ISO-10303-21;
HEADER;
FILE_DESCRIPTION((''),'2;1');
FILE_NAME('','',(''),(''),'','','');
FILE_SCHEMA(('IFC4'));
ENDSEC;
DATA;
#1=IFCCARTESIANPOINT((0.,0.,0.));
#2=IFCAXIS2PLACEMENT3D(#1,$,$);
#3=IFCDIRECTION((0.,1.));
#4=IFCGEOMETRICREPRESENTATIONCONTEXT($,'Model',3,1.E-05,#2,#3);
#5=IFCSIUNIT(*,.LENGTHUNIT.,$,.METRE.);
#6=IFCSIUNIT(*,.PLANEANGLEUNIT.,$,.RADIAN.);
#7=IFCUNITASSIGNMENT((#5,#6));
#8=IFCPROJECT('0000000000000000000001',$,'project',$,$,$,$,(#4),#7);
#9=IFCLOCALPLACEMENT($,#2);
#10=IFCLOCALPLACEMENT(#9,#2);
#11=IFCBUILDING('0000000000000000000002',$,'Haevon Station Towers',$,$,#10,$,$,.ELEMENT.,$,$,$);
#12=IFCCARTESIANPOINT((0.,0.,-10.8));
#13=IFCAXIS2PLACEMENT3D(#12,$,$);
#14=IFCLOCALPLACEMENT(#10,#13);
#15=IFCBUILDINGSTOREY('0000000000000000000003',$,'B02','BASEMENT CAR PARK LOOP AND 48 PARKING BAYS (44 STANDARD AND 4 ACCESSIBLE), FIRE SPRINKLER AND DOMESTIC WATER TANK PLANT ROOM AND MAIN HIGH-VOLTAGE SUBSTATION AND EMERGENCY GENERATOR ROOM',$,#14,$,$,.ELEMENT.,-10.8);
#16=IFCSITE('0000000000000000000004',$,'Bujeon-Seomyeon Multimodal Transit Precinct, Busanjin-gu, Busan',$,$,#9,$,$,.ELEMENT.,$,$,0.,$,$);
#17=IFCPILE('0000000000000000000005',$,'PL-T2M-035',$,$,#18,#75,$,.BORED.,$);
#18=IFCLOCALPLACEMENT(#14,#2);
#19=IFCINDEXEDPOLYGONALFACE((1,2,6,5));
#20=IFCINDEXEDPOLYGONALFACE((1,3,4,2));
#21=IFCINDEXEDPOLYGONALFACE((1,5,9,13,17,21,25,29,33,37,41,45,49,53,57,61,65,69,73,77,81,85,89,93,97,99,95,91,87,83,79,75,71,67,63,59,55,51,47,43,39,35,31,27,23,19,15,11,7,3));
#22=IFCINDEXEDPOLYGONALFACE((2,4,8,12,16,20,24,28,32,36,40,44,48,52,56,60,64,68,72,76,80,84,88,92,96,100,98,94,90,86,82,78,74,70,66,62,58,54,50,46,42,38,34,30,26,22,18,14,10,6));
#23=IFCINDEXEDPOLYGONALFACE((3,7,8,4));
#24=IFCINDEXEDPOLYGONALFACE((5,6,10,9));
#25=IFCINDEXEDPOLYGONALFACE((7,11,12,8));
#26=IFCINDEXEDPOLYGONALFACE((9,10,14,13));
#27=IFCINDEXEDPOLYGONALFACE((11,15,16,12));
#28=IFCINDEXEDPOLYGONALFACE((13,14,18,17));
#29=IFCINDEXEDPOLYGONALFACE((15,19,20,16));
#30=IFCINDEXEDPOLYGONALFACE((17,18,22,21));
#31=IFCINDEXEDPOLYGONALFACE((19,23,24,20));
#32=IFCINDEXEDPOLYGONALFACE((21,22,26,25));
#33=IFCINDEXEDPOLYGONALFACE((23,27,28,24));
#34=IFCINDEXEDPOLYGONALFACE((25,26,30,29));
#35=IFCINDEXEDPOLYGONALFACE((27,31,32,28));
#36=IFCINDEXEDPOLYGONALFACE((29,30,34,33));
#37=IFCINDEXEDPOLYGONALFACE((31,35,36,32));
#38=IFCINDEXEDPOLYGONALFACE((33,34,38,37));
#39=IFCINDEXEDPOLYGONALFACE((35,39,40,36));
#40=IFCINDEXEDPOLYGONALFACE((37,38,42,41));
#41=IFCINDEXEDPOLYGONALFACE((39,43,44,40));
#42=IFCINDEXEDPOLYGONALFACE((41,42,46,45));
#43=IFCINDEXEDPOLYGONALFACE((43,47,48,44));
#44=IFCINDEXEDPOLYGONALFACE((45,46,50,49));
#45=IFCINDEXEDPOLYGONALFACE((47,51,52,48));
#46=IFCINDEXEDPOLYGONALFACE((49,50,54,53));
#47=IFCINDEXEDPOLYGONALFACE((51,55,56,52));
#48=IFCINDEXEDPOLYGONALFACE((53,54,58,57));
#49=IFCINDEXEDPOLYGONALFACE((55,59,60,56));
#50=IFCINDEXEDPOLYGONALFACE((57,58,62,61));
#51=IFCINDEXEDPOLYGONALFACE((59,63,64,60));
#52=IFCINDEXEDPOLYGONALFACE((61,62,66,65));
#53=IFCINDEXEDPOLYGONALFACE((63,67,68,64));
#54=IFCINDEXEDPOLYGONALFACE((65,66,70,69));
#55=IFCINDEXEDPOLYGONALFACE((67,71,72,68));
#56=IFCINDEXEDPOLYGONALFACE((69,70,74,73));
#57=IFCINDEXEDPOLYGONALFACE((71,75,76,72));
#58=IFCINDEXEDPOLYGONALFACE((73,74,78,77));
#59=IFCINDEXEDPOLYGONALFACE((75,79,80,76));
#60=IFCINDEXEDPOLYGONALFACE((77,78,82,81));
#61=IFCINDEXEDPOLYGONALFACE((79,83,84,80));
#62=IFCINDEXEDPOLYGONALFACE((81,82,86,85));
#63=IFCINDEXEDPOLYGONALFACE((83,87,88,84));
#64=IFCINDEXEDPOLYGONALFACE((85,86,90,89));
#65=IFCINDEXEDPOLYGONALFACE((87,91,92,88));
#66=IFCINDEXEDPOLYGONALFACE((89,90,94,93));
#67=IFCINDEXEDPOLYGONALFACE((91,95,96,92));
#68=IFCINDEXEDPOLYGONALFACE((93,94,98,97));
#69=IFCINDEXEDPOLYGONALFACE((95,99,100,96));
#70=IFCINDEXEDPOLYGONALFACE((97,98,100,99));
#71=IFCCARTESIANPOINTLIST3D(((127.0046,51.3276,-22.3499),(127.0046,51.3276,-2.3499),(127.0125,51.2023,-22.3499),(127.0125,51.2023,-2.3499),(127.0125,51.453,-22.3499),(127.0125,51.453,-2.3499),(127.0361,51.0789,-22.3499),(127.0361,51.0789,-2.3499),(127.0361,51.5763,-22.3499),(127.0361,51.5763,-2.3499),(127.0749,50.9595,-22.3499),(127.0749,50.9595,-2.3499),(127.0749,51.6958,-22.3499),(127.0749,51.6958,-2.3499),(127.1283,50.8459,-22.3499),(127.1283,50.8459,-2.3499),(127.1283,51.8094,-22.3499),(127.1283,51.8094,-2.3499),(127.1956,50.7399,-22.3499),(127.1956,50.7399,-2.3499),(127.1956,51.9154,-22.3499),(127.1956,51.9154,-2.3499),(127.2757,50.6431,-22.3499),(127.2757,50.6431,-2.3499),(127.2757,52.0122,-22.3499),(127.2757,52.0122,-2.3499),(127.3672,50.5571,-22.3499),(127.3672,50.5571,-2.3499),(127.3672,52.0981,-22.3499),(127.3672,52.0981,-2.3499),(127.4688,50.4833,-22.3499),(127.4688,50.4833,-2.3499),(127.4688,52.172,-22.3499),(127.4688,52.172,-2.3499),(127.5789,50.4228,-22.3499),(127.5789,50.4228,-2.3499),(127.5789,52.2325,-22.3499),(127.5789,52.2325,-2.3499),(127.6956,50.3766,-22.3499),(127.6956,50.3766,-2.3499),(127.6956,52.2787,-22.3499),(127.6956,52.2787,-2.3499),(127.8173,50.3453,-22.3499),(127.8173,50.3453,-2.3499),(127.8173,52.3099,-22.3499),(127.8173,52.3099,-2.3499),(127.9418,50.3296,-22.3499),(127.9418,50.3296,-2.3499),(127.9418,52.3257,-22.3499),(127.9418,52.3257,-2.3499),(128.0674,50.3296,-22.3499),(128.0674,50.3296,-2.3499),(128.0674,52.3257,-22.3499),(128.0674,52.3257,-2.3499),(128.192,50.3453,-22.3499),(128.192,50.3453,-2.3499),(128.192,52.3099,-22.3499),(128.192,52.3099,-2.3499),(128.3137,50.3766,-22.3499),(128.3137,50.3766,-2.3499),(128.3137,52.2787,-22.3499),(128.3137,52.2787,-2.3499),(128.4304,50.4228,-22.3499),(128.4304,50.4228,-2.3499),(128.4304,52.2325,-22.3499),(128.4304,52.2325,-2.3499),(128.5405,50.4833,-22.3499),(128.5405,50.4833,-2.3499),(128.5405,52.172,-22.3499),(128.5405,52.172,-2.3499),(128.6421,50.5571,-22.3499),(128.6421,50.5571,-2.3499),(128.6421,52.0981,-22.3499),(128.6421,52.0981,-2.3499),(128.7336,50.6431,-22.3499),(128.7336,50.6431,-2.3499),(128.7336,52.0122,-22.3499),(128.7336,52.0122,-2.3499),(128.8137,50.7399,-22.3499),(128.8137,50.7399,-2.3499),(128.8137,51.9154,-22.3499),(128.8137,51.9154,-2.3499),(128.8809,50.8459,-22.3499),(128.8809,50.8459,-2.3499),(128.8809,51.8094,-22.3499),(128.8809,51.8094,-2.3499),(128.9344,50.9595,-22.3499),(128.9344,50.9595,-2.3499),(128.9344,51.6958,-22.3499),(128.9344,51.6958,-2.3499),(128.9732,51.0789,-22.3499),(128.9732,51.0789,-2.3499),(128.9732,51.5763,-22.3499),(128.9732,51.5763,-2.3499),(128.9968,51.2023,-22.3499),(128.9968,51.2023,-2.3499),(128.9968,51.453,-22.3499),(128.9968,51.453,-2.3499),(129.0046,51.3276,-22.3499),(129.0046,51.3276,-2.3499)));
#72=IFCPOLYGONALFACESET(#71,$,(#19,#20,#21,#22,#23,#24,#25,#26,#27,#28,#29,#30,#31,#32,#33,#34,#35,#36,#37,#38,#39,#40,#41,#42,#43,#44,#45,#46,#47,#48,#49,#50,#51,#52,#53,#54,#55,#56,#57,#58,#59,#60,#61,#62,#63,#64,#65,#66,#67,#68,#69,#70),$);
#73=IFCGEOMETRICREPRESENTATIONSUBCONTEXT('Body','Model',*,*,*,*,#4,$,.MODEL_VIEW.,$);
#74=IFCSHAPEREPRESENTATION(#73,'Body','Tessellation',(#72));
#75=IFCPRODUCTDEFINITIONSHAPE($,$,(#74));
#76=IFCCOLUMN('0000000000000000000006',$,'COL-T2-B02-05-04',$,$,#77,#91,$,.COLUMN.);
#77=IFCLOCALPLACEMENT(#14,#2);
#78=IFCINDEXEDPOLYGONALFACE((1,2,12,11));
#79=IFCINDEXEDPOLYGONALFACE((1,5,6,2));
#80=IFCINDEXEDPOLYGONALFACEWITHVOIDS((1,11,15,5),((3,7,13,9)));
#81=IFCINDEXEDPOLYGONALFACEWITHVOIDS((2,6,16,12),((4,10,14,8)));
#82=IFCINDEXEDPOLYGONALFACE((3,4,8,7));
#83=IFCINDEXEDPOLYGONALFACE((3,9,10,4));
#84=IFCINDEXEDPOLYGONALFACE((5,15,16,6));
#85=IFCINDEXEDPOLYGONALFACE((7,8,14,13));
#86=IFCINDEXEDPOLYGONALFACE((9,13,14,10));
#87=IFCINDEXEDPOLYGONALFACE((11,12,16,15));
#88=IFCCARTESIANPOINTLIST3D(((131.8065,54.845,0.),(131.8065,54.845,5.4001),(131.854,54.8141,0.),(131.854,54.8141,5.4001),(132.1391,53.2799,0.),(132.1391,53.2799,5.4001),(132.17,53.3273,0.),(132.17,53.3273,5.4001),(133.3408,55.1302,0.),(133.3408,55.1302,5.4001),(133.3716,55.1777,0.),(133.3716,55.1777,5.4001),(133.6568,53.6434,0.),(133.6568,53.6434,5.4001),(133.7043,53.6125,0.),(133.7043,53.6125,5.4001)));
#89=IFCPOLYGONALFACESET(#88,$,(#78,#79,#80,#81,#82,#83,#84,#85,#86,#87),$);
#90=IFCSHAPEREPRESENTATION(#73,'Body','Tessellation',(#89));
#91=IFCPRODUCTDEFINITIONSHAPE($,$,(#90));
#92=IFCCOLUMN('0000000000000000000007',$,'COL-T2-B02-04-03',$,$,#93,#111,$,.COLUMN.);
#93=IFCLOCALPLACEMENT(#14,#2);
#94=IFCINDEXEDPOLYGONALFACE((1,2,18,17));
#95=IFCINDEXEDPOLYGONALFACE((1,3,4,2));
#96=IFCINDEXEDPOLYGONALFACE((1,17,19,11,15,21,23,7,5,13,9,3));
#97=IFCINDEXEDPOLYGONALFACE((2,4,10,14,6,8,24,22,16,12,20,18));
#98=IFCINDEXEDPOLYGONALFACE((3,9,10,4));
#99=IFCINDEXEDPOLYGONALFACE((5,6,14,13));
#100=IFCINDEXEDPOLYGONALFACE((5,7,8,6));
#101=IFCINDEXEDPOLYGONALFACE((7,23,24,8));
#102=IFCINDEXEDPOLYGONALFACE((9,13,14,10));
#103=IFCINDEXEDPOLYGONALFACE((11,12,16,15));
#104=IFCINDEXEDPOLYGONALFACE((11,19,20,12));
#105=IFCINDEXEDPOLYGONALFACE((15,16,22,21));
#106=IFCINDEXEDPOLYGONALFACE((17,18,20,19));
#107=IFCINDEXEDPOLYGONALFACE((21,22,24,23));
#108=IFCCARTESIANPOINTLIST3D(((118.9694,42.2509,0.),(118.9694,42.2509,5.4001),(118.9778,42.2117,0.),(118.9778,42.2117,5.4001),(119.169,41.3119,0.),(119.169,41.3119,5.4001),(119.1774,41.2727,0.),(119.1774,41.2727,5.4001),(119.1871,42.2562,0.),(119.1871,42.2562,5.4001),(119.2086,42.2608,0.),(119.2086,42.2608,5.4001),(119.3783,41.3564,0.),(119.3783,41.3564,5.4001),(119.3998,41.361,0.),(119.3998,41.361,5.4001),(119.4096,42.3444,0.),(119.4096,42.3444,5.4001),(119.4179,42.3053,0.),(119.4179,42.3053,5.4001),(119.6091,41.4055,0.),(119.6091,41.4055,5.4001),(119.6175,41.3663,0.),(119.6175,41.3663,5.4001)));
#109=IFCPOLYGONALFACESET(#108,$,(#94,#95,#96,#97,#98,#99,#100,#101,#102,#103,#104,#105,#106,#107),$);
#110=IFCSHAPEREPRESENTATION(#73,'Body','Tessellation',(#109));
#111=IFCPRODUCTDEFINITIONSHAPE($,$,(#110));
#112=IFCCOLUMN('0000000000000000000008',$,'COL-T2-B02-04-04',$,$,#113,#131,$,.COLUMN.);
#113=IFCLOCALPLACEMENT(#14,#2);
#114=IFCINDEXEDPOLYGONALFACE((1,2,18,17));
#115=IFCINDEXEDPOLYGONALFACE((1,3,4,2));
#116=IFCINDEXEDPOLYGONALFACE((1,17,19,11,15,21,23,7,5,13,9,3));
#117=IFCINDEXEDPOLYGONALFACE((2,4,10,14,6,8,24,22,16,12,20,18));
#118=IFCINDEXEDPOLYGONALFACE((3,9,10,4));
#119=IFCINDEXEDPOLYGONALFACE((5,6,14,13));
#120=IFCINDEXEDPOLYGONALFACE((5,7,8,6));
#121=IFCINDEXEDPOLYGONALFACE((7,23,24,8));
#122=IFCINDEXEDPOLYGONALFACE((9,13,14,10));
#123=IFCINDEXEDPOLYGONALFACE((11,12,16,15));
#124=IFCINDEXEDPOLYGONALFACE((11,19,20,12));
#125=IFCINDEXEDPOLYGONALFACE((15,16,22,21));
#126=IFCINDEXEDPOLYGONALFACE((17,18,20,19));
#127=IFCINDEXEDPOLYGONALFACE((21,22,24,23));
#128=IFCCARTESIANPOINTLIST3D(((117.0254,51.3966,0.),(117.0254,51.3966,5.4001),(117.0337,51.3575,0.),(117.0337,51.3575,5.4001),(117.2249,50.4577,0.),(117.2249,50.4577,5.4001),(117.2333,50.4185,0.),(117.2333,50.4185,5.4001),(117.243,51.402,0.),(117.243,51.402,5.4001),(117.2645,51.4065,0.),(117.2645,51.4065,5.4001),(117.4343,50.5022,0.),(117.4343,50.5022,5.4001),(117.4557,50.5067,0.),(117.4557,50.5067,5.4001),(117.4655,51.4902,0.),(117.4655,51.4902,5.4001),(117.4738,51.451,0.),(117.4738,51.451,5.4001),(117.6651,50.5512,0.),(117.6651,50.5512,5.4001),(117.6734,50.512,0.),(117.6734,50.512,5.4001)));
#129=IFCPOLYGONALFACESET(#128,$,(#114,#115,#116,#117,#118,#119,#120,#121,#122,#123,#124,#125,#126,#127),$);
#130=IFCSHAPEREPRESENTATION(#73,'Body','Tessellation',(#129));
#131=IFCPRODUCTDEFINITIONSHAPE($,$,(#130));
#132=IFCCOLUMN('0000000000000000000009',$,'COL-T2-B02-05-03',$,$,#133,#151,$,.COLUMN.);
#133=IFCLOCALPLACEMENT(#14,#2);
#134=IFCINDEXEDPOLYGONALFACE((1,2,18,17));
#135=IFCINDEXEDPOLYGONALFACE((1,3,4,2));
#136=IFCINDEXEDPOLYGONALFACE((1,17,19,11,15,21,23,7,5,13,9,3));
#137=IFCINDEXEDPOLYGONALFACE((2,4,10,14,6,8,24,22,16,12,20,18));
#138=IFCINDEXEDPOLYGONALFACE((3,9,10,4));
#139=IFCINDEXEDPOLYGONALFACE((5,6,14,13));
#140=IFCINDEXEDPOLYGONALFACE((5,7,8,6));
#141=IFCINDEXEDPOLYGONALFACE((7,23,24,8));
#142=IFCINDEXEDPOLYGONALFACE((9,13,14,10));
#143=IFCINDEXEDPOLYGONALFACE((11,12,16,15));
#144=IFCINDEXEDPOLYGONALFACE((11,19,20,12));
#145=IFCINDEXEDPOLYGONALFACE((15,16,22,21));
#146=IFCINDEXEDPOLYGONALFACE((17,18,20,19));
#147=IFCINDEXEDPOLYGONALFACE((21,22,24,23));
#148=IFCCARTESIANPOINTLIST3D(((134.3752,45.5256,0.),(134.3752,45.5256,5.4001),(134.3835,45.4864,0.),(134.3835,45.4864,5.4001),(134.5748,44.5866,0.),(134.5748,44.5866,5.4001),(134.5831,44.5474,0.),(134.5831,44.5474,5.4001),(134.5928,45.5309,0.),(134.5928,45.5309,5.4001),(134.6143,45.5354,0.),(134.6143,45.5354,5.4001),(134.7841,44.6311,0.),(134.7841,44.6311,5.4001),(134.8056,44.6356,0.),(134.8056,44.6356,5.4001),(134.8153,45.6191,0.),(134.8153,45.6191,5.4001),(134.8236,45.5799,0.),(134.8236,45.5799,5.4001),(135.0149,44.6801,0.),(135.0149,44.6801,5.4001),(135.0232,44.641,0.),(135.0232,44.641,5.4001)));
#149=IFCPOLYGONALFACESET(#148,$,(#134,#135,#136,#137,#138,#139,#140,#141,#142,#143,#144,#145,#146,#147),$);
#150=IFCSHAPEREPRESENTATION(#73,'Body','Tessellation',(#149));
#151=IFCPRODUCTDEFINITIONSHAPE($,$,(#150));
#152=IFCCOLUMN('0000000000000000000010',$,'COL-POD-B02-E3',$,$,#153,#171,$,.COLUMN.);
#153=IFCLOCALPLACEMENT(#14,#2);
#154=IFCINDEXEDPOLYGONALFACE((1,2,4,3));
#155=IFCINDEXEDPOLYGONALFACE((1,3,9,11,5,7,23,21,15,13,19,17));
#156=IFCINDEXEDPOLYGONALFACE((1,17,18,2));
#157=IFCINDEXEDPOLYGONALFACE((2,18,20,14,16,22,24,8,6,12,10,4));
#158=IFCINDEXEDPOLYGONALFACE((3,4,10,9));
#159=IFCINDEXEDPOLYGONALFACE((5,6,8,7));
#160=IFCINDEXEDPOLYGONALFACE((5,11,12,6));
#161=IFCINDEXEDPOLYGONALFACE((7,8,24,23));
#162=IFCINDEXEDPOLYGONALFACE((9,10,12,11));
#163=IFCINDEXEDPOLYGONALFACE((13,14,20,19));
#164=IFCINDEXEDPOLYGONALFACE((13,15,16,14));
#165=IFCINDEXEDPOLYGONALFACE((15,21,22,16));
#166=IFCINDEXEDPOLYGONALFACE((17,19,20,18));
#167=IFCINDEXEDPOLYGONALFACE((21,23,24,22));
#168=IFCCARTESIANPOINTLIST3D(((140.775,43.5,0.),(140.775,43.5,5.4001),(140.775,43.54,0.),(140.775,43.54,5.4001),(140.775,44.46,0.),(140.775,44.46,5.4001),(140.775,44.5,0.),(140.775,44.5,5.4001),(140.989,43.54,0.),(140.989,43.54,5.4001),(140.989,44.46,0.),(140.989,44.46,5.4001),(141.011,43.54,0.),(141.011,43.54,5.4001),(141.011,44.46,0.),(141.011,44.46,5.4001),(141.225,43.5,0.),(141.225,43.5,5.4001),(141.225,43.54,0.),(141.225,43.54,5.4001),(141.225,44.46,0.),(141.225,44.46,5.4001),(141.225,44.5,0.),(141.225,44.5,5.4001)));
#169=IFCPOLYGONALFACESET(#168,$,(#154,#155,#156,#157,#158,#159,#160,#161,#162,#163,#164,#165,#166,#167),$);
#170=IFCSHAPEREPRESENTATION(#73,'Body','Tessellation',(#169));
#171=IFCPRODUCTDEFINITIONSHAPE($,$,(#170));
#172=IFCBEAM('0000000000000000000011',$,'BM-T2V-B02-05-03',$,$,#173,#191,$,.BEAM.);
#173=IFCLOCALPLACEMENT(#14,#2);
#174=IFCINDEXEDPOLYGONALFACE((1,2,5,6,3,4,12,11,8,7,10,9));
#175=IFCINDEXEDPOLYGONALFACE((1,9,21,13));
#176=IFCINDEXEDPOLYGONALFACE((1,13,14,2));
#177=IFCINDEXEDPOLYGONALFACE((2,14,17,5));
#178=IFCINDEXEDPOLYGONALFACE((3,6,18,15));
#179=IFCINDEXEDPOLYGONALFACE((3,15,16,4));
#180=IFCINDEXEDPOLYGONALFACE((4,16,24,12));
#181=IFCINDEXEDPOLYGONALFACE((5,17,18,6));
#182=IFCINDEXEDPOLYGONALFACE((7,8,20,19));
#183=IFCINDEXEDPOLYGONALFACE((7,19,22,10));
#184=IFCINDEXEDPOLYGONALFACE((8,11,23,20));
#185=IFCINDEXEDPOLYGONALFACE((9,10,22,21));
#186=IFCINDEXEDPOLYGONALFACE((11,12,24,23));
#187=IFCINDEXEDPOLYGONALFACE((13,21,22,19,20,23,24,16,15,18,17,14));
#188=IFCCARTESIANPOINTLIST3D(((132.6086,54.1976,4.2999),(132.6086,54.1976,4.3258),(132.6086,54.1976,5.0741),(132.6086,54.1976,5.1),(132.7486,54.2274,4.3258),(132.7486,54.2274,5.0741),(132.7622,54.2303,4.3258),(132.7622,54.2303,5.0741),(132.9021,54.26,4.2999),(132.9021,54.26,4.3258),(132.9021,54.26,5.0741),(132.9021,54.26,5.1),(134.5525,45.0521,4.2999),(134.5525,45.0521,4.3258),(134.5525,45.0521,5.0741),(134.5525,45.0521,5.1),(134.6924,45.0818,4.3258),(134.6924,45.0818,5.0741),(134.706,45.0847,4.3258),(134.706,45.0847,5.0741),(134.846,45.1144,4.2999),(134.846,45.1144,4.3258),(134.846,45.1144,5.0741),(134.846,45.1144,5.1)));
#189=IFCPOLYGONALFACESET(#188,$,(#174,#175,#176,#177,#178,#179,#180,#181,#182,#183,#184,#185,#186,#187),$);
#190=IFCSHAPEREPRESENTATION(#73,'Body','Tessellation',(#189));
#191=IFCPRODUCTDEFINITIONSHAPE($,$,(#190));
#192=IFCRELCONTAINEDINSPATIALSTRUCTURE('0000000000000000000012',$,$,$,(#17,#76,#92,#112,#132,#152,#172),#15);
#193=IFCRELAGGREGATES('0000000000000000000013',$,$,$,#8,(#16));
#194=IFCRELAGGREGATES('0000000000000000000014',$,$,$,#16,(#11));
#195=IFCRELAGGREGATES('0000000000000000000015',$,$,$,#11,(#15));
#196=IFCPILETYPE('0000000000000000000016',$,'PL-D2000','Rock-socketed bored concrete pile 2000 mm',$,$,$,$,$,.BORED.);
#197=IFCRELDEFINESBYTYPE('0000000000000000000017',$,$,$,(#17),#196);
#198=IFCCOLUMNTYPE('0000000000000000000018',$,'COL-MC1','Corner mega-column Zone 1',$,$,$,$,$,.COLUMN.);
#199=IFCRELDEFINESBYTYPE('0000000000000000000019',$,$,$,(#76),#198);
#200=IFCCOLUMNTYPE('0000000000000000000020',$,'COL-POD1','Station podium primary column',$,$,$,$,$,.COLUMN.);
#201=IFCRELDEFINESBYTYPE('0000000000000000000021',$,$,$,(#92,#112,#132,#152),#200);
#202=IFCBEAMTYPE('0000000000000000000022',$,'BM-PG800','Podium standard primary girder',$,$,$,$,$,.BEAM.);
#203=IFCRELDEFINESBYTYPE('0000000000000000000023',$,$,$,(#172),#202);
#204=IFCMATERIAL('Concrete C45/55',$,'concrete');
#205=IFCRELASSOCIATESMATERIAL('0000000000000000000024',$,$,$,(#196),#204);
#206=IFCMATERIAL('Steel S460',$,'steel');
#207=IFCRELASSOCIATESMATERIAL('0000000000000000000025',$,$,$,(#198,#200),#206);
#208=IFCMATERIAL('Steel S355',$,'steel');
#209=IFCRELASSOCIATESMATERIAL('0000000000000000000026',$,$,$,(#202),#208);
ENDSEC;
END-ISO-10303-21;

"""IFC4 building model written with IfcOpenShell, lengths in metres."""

from ifc_helpers import new_model, si_unit, direction, frame, origin, origin_2d, place, context, subcontext, project, spatial, hollow_rectangle, circle, i_section, extrude, material, material_profile, profile_set, type_object, element, save


model = new_model("IFC4")

# Units and contexts
model_context = context("Model", 3, precision=1e-05, world=origin(), true_north=direction((0.0, 1.0)))
body_context = subcontext(model_context, "Body", "Model", "MODEL_VIEW")
ifc_project = project(units=[si_unit("LENGTHUNIT", "METRE"), si_unit("PLANEANGLEUNIT", "RADIAN")], contexts=[model_context])

# Site, building, storey
site_placement = place(None, origin())
site = spatial("IfcSite", under=ifc_project, at=site_placement, Name="Bujeon-Seomyeon Multimodal Transit Precinct, Busanjin-gu, Busan", CompositionType="ELEMENT", RefElevation=0.0)
building_placement = place(site_placement, origin())
building = spatial("IfcBuilding", under=site, at=building_placement, Name="Haevon Station Towers", CompositionType="ELEMENT")
storey_placement = place(building_placement, frame((0.0, 0.0, -10.8)))
storey = spatial("IfcBuildingStorey", under=building, at=storey_placement, Name="B02", Description="BASEMENT CAR PARK LOOP AND 48 PARKING BAYS (44 STANDARD AND 4 ACCESSIBLE), FIRE SPRINKLER AND DOMESTIC WATER TANK PLANT ROOM AND MAIN HIGH-VOLTAGE SUBSTATION AND EMERGENCY GENERATOR ROOM", CompositionType="ELEMENT", Elevation=-10.8)

# Pile
ifc_material_1 = material(Name="Concrete C45/55", Category="concrete")
ifc_material_profile_1 = material_profile(ifc_material_1, circle(Radius=1.0, at=origin_2d()), Name="PILE-D2000")
ifc_profile_set_1 = profile_set([ifc_material_profile_1], Name="Concrete C45/55")
pile_type = type_object("IfcPileType", Name="PL-D2000", Description="Rock-socketed bored concrete pile 2000 mm", PredefinedType="BORED", material=ifc_profile_set_1)
for number, where, z_axis, x_axis, name in (
    (1, (128.0046, 51.3276, -2.3499), (0.0, 0.0, -1.0), (1.0, 0.0, 0.0), "PL-T2M-035"),
):
    element("IfcPile", number, at=place(storey_placement, frame(where, z_axis=z_axis, x_axis=x_axis)), inside=storey, type_object=pile_type, Name=name, PredefinedType="BORED", context=body_context, shape_type="SweptSolid", body=[
        extrude(circle(Radius=1.0, at=origin_2d()), origin(), (0.0, 0.0, 1.0), 20.0),
    ])

# Columns
ifc_material_2 = material(Name="Steel S460", Category="steel")
ifc_material_profile_2 = material_profile(ifc_material_2, hollow_rectangle(XDim=1.6001, YDim=1.6001, WallThickness=0.04, at=origin_2d()), Name="BOX-1600x1600x40")
ifc_profile_set_2 = profile_set([ifc_material_profile_2], Name="Steel S460")
column_type_1 = type_object("IfcColumnType", Name="COL-MC1", Description="Corner mega-column Zone 1", PredefinedType="COLUMN", material=ifc_profile_set_2)
column_placement = place(storey_placement, frame((132.7554, 54.2288, 0.0), z_axis=(0.0, 0.0, 1.0), x_axis=(0.978148, 0.207912, 0.0)))
element("IfcColumn", 2, at=column_placement, inside=storey, type_object=column_type_1, Name="COL-T2-B02-05-04", PredefinedType="COLUMN", context=body_context, shape_type="SweptSolid", body=[
    extrude(hollow_rectangle(XDim=1.6001, YDim=1.6001, WallThickness=0.04, at=origin_2d()), origin(), (0.0, 0.0, 1.0), 5.4001),
])
ifc_material_profile_3 = material_profile(ifc_material_2, i_section(OverallWidth=0.45, OverallDepth=1.0, WebThickness=0.022, FlangeThickness=0.04, at=origin_2d()), Name="H-1000x450x22x40")
ifc_profile_set_3 = profile_set([ifc_material_profile_3], Name="Steel S460")
column_type_2 = type_object("IfcColumnType", Name="COL-POD1", Description="Station podium primary column", PredefinedType="COLUMN", material=ifc_profile_set_3)
for number, where, z_axis, x_axis, name in (
    (3, (119.2935, 41.8086, 0.0), (0.0, 0.0, 1.0), (0.978148, 0.207912, 0.0), "COL-T2-B02-04-03"),
    (4, (117.3494, 50.9543, 0.0), (0.0, 0.0, 1.0), (0.978148, 0.207912, 0.0), "COL-T2-B02-04-04"),
    (5, (134.6992, 45.0833, 0.0), (0.0, 0.0, 1.0), (0.978148, 0.207912, 0.0), "COL-T2-B02-05-03"),
    (6, (141.0, 44.0, 0.0), (0.0, 0.0, 1.0), (1.0, 0.0, 0.0), "COL-POD-B02-E3"),
):
    element("IfcColumn", number, at=place(storey_placement, frame(where, z_axis=z_axis, x_axis=x_axis)), inside=storey, type_object=column_type_2, Name=name, PredefinedType="COLUMN", context=body_context, shape_type="SweptSolid", body=[
        extrude(i_section(OverallWidth=0.45, OverallDepth=1.0, WebThickness=0.022, FlangeThickness=0.04, at=origin_2d()), origin(), (0.0, 0.0, 1.0), 5.4001),
    ])

# Beam
ifc_material_3 = material(Name="Steel S355", Category="steel")
ifc_material_profile_4 = material_profile(ifc_material_3, i_section(OverallWidth=0.3, OverallDepth=0.8, WebThickness=0.0139, FlangeThickness=0.0259, at=origin_2d()), Name="H-800x300x14x26")
ifc_profile_set_4 = profile_set([ifc_material_profile_4], Name="Steel S355")
beam_type_1 = type_object("IfcBeamType", Name="BM-PG800", Description="Podium standard primary girder", PredefinedType="BEAM", material=ifc_profile_set_4)
beam_1_placement = place(storey_placement, frame((134.6992, 45.0833, 4.7), z_axis=(-0.207902, 0.97815, 0.0), x_axis=(-0.97815, -0.207902, 0.0)))
element("IfcBeam", 7, at=beam_1_placement, inside=storey, type_object=beam_type_1, Name="BM-T2V-B02-05-03", PredefinedType="BEAM", context=body_context, shape_type="SweptSolid", body=[
    extrude(i_section(OverallWidth=0.3, OverallDepth=0.8, WebThickness=0.0139, FlangeThickness=0.0259, at=origin_2d()), origin(), (0.0, 0.0, 1.0), 9.3499),
])

save(model, "model.ifc")
